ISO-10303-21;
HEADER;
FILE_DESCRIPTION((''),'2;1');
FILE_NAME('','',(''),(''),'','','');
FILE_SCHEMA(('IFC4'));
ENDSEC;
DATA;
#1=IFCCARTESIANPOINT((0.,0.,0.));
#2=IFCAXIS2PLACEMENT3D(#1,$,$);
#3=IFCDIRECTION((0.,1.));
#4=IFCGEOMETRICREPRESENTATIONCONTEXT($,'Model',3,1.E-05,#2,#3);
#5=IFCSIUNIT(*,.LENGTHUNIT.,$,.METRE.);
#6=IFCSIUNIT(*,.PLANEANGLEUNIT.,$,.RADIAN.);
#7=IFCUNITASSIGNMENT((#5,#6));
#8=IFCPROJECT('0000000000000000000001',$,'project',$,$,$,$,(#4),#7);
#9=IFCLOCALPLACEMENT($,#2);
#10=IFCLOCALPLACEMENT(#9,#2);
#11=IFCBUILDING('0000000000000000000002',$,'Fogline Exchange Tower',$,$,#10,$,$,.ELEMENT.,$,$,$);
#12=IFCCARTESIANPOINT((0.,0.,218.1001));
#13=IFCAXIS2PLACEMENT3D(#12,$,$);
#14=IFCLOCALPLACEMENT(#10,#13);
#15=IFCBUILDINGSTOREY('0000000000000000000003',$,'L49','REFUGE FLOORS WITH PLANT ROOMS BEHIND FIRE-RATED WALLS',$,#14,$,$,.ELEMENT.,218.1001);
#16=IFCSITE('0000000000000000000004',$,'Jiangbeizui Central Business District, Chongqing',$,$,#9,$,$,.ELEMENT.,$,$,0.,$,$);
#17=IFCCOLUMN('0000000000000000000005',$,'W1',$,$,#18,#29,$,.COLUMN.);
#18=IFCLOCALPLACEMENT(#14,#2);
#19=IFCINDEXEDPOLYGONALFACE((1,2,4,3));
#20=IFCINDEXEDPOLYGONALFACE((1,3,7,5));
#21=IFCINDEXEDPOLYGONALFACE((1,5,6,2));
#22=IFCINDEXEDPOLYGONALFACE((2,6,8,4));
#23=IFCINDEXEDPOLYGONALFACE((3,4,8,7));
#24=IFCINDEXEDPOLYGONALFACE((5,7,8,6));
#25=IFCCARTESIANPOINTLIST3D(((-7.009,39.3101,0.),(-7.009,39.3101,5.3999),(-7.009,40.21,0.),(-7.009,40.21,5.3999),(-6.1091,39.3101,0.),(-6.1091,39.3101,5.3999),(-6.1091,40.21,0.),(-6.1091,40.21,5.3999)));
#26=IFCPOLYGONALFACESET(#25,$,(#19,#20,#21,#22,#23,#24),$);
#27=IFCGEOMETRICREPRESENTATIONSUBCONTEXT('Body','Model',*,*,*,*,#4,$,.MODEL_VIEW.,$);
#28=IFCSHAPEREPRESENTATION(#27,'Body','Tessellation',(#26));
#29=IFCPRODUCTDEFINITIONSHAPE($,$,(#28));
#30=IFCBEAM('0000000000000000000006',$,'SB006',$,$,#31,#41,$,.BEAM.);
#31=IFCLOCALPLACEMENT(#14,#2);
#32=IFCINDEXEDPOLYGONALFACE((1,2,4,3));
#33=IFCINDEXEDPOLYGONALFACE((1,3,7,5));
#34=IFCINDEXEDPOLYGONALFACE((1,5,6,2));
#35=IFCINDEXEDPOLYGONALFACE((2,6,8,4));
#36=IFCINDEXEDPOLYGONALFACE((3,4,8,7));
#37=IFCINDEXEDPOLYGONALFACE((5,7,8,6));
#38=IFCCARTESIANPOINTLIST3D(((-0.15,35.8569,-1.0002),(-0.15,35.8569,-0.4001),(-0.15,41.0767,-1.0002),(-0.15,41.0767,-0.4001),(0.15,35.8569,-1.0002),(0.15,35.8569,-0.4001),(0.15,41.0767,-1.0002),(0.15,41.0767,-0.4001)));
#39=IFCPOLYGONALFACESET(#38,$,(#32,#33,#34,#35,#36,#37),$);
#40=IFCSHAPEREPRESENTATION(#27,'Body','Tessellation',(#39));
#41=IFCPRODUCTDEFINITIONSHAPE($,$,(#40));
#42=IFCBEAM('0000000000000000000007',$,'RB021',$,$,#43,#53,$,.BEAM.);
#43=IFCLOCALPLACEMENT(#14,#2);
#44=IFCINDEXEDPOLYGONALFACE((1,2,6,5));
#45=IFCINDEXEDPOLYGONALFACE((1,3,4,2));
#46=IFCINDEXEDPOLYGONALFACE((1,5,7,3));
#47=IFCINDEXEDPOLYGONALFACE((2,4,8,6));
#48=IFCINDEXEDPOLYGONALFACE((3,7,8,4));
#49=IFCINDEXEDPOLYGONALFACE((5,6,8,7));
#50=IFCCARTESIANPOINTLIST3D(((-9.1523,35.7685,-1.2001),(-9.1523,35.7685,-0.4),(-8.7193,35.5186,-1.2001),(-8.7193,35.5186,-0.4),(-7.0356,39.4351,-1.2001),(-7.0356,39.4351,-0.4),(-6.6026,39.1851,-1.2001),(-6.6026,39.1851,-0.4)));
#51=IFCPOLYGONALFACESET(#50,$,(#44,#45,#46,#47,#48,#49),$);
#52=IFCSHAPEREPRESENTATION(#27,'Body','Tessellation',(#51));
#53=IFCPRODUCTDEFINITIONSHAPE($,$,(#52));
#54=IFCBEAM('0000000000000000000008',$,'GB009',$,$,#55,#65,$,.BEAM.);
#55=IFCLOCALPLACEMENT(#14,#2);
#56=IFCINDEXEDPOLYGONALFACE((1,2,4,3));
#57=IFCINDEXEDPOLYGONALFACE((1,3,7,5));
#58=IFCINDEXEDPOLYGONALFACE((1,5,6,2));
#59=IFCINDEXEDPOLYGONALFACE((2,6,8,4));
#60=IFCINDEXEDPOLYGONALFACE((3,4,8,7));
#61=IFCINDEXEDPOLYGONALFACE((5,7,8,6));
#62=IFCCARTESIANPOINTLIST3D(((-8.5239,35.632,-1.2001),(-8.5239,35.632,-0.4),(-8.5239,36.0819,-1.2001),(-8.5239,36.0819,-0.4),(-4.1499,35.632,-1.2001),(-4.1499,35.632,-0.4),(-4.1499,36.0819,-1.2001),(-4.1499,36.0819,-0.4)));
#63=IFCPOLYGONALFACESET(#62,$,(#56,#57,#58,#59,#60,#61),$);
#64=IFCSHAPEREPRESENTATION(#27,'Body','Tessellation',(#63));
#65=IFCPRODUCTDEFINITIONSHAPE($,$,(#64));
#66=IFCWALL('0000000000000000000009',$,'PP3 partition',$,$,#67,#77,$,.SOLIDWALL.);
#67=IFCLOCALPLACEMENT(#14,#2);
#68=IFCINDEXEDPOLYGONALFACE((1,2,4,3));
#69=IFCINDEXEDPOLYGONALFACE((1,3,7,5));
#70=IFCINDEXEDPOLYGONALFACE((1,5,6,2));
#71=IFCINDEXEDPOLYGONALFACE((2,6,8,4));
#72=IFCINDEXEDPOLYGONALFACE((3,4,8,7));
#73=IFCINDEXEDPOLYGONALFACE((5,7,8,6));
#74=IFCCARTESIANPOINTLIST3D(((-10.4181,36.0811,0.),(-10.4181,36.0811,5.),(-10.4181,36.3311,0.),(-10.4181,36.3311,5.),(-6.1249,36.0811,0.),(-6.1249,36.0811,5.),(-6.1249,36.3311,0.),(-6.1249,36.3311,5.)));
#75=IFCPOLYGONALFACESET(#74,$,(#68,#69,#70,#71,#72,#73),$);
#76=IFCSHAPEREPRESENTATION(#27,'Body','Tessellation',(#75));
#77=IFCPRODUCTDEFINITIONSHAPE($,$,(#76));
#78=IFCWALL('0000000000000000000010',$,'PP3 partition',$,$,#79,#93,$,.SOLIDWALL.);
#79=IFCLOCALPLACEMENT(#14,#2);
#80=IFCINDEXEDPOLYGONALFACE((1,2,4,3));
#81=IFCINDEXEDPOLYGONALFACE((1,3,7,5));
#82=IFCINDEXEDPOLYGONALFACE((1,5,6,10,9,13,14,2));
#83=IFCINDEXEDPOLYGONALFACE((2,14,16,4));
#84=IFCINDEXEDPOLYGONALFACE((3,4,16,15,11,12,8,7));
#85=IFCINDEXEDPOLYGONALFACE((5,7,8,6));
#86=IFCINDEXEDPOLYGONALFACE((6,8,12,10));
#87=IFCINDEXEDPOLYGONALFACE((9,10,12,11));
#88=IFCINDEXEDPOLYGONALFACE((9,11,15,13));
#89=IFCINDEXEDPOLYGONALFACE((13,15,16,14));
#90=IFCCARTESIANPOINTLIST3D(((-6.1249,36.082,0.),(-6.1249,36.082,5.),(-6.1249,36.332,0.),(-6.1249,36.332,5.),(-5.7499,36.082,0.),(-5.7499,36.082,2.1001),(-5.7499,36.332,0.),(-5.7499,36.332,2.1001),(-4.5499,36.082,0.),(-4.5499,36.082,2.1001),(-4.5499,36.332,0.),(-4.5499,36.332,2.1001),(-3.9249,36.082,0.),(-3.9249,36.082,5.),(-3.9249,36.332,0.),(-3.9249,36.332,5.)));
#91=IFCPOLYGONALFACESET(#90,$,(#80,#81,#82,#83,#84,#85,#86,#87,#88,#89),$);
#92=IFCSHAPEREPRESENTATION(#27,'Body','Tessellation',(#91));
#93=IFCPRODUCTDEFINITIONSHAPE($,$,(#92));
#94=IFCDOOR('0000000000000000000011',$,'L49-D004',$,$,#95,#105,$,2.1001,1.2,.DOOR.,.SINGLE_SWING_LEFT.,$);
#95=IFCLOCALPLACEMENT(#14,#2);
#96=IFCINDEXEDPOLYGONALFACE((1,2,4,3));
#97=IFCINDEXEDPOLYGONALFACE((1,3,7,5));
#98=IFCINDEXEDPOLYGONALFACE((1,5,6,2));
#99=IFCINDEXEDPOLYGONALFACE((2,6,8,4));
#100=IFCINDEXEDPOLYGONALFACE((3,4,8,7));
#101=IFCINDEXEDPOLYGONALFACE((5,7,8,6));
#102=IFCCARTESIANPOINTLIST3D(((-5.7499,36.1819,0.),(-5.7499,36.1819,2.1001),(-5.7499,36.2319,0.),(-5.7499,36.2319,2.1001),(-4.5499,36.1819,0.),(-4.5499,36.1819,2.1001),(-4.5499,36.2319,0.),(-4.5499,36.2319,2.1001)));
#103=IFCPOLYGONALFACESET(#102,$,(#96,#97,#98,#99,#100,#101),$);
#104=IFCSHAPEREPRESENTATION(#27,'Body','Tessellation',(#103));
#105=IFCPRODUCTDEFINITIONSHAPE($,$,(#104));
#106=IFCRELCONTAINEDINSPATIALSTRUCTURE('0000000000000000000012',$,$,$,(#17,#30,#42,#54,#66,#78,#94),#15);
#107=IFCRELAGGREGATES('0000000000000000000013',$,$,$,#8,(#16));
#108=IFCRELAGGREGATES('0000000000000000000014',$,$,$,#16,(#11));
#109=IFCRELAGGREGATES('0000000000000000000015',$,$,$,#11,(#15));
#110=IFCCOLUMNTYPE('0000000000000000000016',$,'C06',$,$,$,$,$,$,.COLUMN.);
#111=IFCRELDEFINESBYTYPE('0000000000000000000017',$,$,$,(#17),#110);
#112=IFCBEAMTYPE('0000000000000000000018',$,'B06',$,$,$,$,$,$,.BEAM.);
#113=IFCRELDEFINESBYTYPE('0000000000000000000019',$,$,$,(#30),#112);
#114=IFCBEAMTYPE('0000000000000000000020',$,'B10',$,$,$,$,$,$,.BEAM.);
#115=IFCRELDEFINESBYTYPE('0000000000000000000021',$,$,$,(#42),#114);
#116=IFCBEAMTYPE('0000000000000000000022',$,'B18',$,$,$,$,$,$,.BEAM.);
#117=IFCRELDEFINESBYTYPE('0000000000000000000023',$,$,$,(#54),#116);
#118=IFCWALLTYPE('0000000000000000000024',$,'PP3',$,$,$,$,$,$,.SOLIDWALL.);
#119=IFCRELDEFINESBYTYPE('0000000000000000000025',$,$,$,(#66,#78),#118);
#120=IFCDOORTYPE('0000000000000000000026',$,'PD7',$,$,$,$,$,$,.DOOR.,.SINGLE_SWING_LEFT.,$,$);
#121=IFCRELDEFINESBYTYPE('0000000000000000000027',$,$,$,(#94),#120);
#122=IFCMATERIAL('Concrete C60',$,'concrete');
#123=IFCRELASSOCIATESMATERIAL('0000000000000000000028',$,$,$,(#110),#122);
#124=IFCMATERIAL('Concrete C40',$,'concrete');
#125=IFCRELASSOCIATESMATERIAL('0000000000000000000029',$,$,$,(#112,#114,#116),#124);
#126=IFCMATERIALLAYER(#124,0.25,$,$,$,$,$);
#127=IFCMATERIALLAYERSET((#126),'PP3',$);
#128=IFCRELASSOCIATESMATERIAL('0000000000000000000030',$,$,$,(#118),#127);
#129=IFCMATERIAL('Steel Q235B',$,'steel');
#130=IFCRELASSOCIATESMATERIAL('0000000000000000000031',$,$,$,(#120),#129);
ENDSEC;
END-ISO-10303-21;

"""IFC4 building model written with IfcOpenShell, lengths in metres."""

from ifc_helpers import new_model, si_unit, direction, frame, frame_2d, origin, origin_2d, place, context, subcontext, project, spatial, rectangle, extrude, material, layer, layer_set, material_profile, profile_set, type_object, element, fill, save


model = new_model("IFC4")

# Units and contexts
model_context = context("Model", 3, precision=1e-05, world=origin(), true_north=direction((0.0, 1.0)))
body_context = subcontext(model_context, "Body", "Model", "MODEL_VIEW")
ifc_project = project(units=[si_unit("LENGTHUNIT", "METRE"), si_unit("PLANEANGLEUNIT", "RADIAN")], contexts=[model_context])

# Site, building, storey
site_placement = place(None, origin())
site = spatial("IfcSite", under=ifc_project, at=site_placement, Name="Jiangbeizui Central Business District, Chongqing", CompositionType="ELEMENT", RefElevation=0.0)
building_placement = place(site_placement, origin())
building = spatial("IfcBuilding", under=site, at=building_placement, Name="Fogline Exchange Tower", CompositionType="ELEMENT")
storey_placement = place(building_placement, frame((0.0, 0.0, 218.1001)))
storey = spatial("IfcBuildingStorey", under=building, at=storey_placement, Name="L49", Description="REFUGE FLOORS WITH PLANT ROOMS BEHIND FIRE-RATED WALLS", CompositionType="ELEMENT", Elevation=218.1001)

# Column
ifc_material_1 = material(Name="Concrete C60", Category="concrete")
ifc_material_profile_1 = material_profile(ifc_material_1, rectangle(XDim=0.8999, YDim=0.8999, at=origin_2d()), Name="RC 900x900")
ifc_profile_set_1 = profile_set([ifc_material_profile_1], Name="Concrete C60")
column_type = type_object("IfcColumnType", Name="C06", PredefinedType="COLUMN", material=ifc_profile_set_1)
column_placement = place(storey_placement, frame((-6.5591, 39.76, 0.0), z_axis=(0.0, 0.0, 1.0), x_axis=(1.0, 0.0, 0.0)))
element("IfcColumn", 1, at=column_placement, inside=storey, type_object=column_type, Name="W1", PredefinedType="COLUMN", context=body_context, shape_type="SweptSolid", body=[
    extrude(rectangle(XDim=0.8999, YDim=0.8999, at=origin_2d()), origin(), (0.0, 0.0, 1.0), 5.3999),
])

# Beams
ifc_material_2 = material(Name="Concrete C40", Category="concrete")
ifc_material_profile_2 = material_profile(ifc_material_2, rectangle(XDim=0.3, YDim=0.6001, at=origin_2d()), Name="RC 300x600")
ifc_profile_set_2 = profile_set([ifc_material_profile_2], Name="Concrete C40")
beam_type_1 = type_object("IfcBeamType", Name="B06", PredefinedType="BEAM", material=ifc_profile_set_2)
beam_1_placement = place(storey_placement, frame((0.0, 35.8569, -0.7002), z_axis=(0.0, 1.0, 0.0), x_axis=(-1.0, 0.0, 0.0)))
element("IfcBeam", 2, at=beam_1_placement, inside=storey, type_object=beam_type_1, Name="SB006", PredefinedType="BEAM", context=body_context, shape_type="SweptSolid", body=[
    extrude(rectangle(XDim=0.3, YDim=0.6001, at=origin_2d()), origin(), (0.0, 0.0, 1.0), 5.2197),
])
ifc_material_profile_3 = material_profile(ifc_material_2, rectangle(XDim=0.5, YDim=0.8, at=origin_2d()), Name="RC 500x800")
ifc_profile_set_3 = profile_set([ifc_material_profile_3], Name="Concrete C40")
beam_type_2 = type_object("IfcBeamType", Name="B10", PredefinedType="BEAM", material=ifc_profile_set_3)
beam_2_placement = place(storey_placement, frame((-6.8191, 39.3101, -0.8), z_axis=(-0.499972, -0.866042, 0.0), x_axis=(0.866042, -0.499972, 0.0)))
element("IfcBeam", 3, at=beam_2_placement, inside=storey, type_object=beam_type_2, Name="RB021", PredefinedType="BEAM", context=body_context, shape_type="SweptSolid", body=[
    extrude(rectangle(XDim=0.5, YDim=0.8, at=origin_2d()), origin(), (0.0, 0.0, 1.0), 4.2336),
])
ifc_material_profile_4 = material_profile(ifc_material_2, rectangle(XDim=0.45, YDim=0.8, at=origin_2d()), Name="RC 450x800")
ifc_profile_set_4 = profile_set([ifc_material_profile_4], Name="Concrete C40")
beam_type_3 = type_object("IfcBeamType", Name="B18", PredefinedType="BEAM", material=ifc_profile_set_4)
beam_3_placement = place(storey_placement, frame((-8.5239, 35.8569, -0.8), z_axis=(1.0, 0.0, 0.0), x_axis=(0.0, 1.0, 0.0)))
element("IfcBeam", 4, at=beam_3_placement, inside=storey, type_object=beam_type_3, Name="GB009", PredefinedType="BEAM", context=body_context, shape_type="SweptSolid", body=[
    extrude(rectangle(XDim=0.45, YDim=0.8, at=origin_2d()), origin(), (0.0, 0.0, 1.0), 4.374),
])

# Wall
ifc_layer = layer(ifc_material_2, 0.25)
ifc_layer_set = layer_set([ifc_layer], Name="PP3")
wall_type = type_object("IfcWallType", Name="PP3", PredefinedType="SOLIDWALL", material=ifc_layer_set)
wall_1_placement = place(storey_placement, frame((-6.125, 36.2061, 0.0), z_axis=(0.0, 0.0, 1.0), x_axis=(-1.0, 0.0, 0.0)))
element("IfcWall", 5, at=wall_1_placement, inside=storey, type_object=wall_type, Name="PP3 partition", PredefinedType="SOLIDWALL", context=body_context, shape_type="SweptSolid", body=[
    extrude(rectangle(XDim=4.2932, YDim=0.25, at=frame_2d((2.1465, 0.0))), origin(), (0.0, 0.0, 1.0), 5.0),
])

# Wall, opening, door
wall_2_placement = place(storey_placement, frame((-6.125, 36.207, 0.0), z_axis=(0.0, 0.0, 1.0), x_axis=(1.0, 0.0, 0.0)))
wall_2 = element("IfcWall", 6, at=wall_2_placement, inside=storey, type_object=wall_type, Name="PP3 partition", PredefinedType="SOLIDWALL", context=body_context, shape_type="SweptSolid", body=[
    extrude(rectangle(XDim=2.2, YDim=0.25, at=frame_2d((1.1001, 0.0))), origin(), (0.0, 0.0, 1.0), 5.0),
])
opening_placement = place(wall_2_placement, frame((0.375, 0.0, 0.0)))
opening = element("IfcOpeningElement", 7, at=opening_placement, cuts=wall_2, PredefinedType="OPENING", context=body_context, shape_type="SweptSolid", body=[
    extrude(rectangle(XDim=1.2, YDim=2.1001, at=frame_2d((0.6001, 1.05))), frame((0.0, 0.135, 0.0), z_axis=(0.0, -1.0, 0.0), x_axis=(1.0, 0.0, 0.0)), (0.0, 0.0, 1.0), 0.27),
])
ifc_material_3 = material(Name="Steel Q235B", Category="steel")
door_type = type_object("IfcDoorType", Name="PD7", OperationType="SINGLE_SWING_LEFT", PredefinedType="DOOR", material=ifc_material_3)
door_placement = place(opening_placement, origin())
door = element("IfcDoor", 8, at=door_placement, inside=storey, type_object=door_type, Name="L49-D004", OperationType="SINGLE_SWING_LEFT", OverallHeight=2.1001, OverallWidth=1.2, PredefinedType="DOOR", context=body_context, shape_type="SweptSolid", body=[
    extrude(rectangle(XDim=1.2, YDim=2.1001, at=frame_2d((0.6001, 1.05))), frame((0.0, 0.0249, 0.0), z_axis=(0.0, -1.0, 0.0), x_axis=(1.0, 0.0, 0.0)), (0.0, 0.0, 1.0), 0.05),
])
fill(opening, door)

save(model, "model.ifc")
